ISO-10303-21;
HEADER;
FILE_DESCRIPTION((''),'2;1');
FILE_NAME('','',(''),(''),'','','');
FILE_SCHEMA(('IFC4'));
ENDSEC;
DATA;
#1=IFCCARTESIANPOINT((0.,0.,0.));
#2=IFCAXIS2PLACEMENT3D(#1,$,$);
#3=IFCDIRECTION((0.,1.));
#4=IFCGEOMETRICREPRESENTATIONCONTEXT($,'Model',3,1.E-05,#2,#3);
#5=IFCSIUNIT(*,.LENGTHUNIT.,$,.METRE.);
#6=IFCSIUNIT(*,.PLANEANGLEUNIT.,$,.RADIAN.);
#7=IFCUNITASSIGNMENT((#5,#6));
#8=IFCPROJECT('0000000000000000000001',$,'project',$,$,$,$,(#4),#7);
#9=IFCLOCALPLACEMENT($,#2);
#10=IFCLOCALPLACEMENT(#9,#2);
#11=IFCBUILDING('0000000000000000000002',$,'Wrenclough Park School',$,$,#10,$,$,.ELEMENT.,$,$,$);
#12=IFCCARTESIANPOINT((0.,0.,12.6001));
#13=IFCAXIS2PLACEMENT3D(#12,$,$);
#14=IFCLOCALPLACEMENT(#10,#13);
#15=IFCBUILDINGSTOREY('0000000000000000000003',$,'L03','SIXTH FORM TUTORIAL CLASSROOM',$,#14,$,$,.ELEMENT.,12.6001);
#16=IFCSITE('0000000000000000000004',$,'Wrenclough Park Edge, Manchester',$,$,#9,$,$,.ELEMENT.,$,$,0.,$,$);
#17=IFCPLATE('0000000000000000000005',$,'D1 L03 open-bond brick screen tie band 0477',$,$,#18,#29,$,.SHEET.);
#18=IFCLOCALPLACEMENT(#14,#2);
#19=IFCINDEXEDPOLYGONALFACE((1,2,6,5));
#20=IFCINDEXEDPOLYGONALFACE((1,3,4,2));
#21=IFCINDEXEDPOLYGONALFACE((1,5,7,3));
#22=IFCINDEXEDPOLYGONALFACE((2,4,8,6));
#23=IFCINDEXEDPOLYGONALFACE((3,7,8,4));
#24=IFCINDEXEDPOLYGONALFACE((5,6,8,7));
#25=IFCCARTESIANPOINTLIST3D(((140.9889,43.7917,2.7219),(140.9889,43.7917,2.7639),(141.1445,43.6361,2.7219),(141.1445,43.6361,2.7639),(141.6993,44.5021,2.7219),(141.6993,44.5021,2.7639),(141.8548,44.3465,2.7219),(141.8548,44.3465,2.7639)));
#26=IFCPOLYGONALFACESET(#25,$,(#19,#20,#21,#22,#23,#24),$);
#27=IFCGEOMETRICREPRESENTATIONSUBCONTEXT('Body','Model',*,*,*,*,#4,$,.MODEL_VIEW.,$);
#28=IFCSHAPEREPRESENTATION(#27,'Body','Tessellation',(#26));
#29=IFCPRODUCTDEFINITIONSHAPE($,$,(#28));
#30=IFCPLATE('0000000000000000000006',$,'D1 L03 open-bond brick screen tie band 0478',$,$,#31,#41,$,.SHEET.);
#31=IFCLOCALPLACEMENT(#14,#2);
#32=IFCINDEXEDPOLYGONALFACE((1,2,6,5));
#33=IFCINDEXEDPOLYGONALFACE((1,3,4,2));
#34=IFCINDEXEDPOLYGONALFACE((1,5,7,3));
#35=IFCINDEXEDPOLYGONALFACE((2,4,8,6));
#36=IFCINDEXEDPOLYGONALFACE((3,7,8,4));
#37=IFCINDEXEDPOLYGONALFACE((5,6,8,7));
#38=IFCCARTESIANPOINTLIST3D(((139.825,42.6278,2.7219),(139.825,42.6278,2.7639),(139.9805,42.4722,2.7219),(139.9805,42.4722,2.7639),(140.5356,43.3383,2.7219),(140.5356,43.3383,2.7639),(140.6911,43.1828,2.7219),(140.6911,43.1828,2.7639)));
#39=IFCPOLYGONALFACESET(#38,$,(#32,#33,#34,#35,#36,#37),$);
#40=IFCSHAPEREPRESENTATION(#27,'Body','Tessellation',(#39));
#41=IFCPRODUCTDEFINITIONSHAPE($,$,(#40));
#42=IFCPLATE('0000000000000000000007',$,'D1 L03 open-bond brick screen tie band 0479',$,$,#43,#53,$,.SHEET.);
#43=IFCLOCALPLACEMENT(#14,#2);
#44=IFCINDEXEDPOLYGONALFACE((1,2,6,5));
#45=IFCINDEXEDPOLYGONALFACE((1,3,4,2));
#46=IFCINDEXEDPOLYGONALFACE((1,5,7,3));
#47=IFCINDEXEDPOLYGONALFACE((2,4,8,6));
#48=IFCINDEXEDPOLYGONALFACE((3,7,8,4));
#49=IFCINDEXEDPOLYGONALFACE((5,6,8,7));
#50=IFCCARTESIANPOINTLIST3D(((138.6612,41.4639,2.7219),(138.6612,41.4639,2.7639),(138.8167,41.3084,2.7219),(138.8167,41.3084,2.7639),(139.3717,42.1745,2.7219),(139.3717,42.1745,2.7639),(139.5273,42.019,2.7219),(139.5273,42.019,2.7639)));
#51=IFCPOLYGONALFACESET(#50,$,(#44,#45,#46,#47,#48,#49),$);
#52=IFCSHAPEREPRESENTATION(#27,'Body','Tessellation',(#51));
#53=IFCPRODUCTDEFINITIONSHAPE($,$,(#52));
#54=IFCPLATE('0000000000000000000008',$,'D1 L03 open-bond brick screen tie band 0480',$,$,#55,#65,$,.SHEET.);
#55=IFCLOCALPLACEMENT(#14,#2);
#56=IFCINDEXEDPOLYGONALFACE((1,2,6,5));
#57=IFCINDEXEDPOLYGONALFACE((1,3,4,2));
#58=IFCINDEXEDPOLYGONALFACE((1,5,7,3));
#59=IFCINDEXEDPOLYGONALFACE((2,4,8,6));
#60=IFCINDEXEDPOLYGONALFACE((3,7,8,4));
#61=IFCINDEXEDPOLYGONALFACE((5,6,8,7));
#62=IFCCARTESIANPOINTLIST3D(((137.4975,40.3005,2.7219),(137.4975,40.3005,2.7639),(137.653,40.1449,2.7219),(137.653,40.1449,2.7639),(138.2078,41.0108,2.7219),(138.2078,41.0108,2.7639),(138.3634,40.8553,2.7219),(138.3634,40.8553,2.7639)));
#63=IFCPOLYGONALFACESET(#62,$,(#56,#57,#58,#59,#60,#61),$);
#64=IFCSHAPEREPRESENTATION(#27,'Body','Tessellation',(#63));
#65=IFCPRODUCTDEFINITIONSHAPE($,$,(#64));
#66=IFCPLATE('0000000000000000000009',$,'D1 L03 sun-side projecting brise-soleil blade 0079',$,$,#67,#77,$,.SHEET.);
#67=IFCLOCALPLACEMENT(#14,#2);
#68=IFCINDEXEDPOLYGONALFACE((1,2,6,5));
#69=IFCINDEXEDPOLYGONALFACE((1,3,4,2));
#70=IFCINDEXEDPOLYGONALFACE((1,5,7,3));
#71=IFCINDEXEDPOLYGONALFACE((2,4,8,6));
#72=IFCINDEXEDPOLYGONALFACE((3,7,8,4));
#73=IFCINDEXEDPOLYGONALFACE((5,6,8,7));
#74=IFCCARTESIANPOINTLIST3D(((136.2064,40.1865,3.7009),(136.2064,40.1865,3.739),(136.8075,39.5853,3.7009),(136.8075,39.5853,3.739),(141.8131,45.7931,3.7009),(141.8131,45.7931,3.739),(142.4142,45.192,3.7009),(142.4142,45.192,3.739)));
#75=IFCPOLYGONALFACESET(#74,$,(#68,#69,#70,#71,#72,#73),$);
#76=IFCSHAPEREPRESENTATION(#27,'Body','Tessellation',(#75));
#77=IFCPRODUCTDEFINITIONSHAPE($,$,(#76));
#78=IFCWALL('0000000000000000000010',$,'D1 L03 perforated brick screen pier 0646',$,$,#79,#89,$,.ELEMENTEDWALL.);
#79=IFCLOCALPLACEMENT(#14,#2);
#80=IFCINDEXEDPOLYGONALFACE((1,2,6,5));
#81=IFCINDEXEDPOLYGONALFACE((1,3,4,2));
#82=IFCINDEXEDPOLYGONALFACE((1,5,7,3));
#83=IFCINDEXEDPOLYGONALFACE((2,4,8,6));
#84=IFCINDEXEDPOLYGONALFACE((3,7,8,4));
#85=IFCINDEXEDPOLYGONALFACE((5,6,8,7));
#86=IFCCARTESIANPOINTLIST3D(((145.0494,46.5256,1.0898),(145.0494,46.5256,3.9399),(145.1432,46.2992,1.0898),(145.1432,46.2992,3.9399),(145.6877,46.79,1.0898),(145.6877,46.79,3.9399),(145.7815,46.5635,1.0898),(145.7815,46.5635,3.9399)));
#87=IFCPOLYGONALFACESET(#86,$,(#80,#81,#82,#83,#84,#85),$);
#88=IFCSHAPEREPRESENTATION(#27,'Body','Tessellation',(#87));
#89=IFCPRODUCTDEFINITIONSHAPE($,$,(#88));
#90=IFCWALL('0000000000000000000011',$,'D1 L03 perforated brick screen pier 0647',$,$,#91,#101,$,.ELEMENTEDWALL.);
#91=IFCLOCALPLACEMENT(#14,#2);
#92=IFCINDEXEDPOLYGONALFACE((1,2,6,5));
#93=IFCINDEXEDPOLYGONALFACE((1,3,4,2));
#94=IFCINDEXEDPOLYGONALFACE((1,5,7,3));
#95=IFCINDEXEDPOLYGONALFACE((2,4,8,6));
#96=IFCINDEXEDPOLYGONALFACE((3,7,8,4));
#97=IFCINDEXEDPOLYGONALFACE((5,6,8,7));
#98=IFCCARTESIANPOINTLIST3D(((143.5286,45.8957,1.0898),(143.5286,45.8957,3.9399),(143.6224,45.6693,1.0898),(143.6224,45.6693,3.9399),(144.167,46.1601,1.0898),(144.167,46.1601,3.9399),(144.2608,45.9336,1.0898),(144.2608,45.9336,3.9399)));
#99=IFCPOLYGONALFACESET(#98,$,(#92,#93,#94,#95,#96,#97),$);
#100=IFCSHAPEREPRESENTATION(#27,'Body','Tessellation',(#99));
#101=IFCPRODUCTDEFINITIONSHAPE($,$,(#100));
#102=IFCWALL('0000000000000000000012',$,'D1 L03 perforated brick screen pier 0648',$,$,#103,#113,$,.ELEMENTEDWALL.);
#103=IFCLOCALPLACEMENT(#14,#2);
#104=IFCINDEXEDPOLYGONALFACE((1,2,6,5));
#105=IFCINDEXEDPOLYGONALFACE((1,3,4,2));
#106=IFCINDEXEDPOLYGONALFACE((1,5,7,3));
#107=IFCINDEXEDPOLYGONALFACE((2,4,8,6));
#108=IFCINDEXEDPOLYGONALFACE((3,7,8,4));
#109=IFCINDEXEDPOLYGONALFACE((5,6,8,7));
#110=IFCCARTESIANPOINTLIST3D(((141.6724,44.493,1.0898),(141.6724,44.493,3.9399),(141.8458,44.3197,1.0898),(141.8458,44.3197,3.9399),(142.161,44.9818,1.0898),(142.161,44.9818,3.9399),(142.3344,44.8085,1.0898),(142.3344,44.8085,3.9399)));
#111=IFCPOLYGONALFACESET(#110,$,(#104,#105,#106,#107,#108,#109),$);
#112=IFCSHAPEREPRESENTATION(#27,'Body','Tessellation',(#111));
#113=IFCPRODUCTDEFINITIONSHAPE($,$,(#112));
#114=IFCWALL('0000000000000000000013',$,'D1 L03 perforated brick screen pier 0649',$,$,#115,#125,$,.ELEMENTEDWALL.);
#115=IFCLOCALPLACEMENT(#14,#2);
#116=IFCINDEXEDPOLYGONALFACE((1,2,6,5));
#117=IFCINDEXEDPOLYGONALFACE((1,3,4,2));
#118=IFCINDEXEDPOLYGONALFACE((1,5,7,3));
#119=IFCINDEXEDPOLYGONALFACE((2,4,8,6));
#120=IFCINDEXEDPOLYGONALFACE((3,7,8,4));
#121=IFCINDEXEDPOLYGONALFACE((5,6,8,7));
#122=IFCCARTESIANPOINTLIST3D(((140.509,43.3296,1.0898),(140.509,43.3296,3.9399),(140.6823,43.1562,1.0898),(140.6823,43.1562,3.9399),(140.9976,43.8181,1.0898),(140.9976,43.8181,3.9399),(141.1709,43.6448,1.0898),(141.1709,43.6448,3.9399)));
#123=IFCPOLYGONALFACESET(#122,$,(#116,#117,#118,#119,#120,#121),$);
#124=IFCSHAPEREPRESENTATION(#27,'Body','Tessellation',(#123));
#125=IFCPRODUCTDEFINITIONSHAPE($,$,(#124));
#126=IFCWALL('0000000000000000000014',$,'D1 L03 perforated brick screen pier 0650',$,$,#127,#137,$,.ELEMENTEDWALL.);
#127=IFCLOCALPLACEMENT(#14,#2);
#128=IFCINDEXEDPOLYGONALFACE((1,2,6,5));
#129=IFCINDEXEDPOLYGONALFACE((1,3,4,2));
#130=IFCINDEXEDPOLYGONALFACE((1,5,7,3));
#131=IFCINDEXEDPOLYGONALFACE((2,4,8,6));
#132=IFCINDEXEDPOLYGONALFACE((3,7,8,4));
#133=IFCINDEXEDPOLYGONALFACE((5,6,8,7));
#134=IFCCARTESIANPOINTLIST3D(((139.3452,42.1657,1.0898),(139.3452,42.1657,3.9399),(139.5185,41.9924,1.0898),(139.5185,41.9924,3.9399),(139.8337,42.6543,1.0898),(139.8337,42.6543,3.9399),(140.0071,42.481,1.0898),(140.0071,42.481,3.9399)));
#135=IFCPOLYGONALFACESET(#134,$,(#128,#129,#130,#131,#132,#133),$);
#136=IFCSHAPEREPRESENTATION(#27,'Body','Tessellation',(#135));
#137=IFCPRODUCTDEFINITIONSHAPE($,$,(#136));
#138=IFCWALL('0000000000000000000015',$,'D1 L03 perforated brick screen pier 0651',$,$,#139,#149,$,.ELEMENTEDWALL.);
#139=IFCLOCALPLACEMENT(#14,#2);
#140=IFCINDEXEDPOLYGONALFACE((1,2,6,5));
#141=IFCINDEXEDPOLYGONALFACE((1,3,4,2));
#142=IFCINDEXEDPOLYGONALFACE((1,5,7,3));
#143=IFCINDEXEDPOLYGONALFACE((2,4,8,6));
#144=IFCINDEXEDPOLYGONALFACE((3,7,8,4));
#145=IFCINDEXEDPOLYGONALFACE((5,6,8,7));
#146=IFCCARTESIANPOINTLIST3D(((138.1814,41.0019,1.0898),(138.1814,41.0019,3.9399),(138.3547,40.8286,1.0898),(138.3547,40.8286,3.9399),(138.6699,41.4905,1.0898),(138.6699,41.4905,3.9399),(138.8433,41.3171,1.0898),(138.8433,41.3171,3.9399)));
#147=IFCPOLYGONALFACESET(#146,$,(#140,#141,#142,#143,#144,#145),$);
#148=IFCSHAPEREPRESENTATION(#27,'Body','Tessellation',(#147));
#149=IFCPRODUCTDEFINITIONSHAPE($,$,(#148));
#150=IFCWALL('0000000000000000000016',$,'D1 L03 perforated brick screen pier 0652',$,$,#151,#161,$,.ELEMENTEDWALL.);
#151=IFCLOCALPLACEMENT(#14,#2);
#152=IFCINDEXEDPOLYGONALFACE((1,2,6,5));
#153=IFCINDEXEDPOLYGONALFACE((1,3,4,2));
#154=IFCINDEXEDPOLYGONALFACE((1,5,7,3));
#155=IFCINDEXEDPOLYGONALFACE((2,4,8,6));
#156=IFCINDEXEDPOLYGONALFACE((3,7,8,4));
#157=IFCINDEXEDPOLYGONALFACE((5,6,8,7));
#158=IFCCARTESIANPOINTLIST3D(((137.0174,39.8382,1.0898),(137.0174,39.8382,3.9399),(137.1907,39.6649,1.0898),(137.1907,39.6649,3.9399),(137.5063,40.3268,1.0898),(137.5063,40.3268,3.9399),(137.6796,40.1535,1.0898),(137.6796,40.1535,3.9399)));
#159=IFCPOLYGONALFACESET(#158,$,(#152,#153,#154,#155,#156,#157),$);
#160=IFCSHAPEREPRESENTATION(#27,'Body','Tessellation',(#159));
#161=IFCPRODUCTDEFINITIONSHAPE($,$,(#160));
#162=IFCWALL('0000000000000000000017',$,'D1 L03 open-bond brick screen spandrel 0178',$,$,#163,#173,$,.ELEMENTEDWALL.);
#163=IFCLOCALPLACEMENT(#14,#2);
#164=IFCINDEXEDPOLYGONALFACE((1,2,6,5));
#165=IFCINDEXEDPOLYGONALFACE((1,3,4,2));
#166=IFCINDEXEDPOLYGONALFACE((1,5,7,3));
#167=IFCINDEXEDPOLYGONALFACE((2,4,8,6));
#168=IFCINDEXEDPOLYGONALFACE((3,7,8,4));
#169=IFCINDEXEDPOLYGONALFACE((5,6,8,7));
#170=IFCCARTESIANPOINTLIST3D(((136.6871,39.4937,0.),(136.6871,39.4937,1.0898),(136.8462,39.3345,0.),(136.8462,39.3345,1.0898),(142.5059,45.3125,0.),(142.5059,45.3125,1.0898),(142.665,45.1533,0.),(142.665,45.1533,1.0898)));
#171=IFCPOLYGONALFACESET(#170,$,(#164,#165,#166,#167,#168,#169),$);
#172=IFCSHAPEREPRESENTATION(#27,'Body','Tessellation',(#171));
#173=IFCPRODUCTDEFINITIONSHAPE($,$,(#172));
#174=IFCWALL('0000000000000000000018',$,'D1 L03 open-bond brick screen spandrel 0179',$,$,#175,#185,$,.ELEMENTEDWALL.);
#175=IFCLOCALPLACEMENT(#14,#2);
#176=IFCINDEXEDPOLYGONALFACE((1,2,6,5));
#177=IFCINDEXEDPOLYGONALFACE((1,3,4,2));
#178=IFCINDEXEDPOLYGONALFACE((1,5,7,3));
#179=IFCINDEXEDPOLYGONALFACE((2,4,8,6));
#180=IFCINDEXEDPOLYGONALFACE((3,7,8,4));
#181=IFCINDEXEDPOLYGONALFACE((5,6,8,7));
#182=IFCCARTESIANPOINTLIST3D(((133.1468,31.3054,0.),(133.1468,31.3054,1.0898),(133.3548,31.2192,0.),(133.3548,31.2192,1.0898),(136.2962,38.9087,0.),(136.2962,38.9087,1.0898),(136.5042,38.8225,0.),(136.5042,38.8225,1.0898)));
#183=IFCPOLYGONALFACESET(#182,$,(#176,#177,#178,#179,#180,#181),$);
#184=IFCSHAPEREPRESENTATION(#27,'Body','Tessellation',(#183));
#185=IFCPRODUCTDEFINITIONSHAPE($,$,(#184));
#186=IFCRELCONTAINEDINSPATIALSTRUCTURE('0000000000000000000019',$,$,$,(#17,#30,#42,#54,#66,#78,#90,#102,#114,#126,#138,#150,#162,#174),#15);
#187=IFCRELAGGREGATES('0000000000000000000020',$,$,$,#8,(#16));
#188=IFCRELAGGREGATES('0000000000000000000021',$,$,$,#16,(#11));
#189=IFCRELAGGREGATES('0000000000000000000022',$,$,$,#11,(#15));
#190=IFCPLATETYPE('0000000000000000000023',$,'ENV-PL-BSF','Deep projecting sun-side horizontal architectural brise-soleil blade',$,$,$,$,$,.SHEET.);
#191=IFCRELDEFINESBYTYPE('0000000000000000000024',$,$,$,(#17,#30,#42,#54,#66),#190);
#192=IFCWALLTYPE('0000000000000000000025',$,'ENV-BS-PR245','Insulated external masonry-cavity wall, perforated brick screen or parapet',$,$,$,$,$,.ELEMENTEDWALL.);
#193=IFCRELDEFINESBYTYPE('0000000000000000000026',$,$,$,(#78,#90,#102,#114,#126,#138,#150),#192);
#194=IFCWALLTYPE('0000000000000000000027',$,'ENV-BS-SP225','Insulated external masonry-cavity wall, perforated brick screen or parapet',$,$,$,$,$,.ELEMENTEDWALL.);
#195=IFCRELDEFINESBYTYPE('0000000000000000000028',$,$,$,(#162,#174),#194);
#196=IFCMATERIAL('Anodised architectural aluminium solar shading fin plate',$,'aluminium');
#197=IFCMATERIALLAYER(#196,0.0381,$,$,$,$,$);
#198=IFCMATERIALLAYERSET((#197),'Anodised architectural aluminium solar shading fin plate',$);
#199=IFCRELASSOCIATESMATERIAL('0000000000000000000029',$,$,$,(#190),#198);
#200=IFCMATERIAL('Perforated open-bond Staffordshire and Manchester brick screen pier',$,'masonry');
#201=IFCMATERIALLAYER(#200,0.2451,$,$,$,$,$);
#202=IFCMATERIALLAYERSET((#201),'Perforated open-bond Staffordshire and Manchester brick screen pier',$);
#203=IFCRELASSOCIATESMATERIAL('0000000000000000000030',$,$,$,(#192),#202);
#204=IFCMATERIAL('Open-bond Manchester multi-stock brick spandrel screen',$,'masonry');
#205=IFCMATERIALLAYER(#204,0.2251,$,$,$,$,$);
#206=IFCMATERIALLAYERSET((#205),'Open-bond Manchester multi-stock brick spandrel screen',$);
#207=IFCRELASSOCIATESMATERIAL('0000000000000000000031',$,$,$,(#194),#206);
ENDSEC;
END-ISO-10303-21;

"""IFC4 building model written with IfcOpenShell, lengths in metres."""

from ifc_helpers import new_model, si_unit, direction, frame, frame_2d, origin, origin_2d, place, context, subcontext, project, spatial, rectangle, extrude, material, layer, layer_set, type_object, element, save


model = new_model("IFC4")

# Units and contexts
model_context = context("Model", 3, precision=1e-05, world=origin(), true_north=direction((0.0, 1.0)))
body_context = subcontext(model_context, "Body", "Model", "MODEL_VIEW")
ifc_project = project(units=[si_unit("LENGTHUNIT", "METRE"), si_unit("PLANEANGLEUNIT", "RADIAN")], contexts=[model_context])

# Site, building, storey
site_placement = place(None, origin())
site = spatial("IfcSite", under=ifc_project, at=site_placement, Name="Wrenclough Park Edge, Manchester", CompositionType="ELEMENT", RefElevation=0.0)
building_placement = place(site_placement, origin())
building = spatial("IfcBuilding", under=site, at=building_placement, Name="Wrenclough Park School", CompositionType="ELEMENT")
storey_placement = place(building_placement, frame((0.0, 0.0, 12.6001)))
storey = spatial("IfcBuildingStorey", under=building, at=storey_placement, Name="L03", Description="SIXTH FORM TUTORIAL CLASSROOM", CompositionType="ELEMENT", Elevation=12.6001)

# Plates
ifc_material_1 = material(Name="Anodised architectural aluminium solar shading fin plate", Category="aluminium")
ifc_layer_1 = layer(ifc_material_1, 0.0381)
ifc_layer_set_1 = layer_set([ifc_layer_1], Name="Anodised architectural aluminium solar shading fin plate")
plate_type = type_object("IfcPlateType", Name="ENV-PL-BSF", Description="Deep projecting sun-side horizontal architectural brise-soleil blade", PredefinedType="SHEET", material=ifc_layer_set_1)
plate_1_placement = place(storey_placement, frame((141.4219, 44.0691, 2.7219), z_axis=(0.0, 0.0, 1.0), x_axis=(-0.707107, -0.707107, 0.0)))
element("IfcPlate", 1, at=plate_1_placement, inside=storey, type_object=plate_type, Name="D1 L03 open-bond brick screen tie band 0477", PredefinedType="SHEET", context=body_context, shape_type="SweptSolid", body=[
    extrude(rectangle(XDim=1.0046, YDim=0.22, at=origin_2d()), origin(), (0.0, 0.0, 1.0), 0.042),
])
for number, where, z_axis, x_axis, name in (
    (2, (140.2581, 42.9053, 2.7219), (0.0, 0.0, 1.0), (-0.707107, -0.707107, 0.0), "D1 L03 open-bond brick screen tie band 0478"),
    (3, (139.0942, 41.7415, 2.7219), (0.0, 0.0, 1.0), (-0.707107, -0.707107, 0.0), "D1 L03 open-bond brick screen tie band 0479"),
):
    element("IfcPlate", number, at=place(storey_placement, frame(where, z_axis=z_axis, x_axis=x_axis)), inside=storey, type_object=plate_type, Name=name, PredefinedType="SHEET", context=body_context, shape_type="SweptSolid", body=[
        extrude(rectangle(XDim=1.0049, YDim=0.22, at=origin_2d()), origin(), (0.0, 0.0, 1.0), 0.042),
    ])
plate_2_placement = place(storey_placement, frame((137.9304, 40.5779, 2.7219), z_axis=(0.0, 0.0, 1.0), x_axis=(-0.707107, -0.707107, 0.0)))
element("IfcPlate", 4, at=plate_2_placement, inside=storey, type_object=plate_type, Name="D1 L03 open-bond brick screen tie band 0480", PredefinedType="SHEET", context=body_context, shape_type="SweptSolid", body=[
    extrude(rectangle(XDim=1.0046, YDim=0.22, at=origin_2d()), origin(), (0.0, 0.0, 1.0), 0.042),
])
plate_3_placement = place(storey_placement, frame((139.3103, 42.6892, 3.7009), z_axis=(0.0, 0.0, 1.0), x_axis=(-0.707107, -0.707107, 0.0)))
element("IfcPlate", 5, at=plate_3_placement, inside=storey, type_object=plate_type, Name="D1 L03 sun-side projecting brise-soleil blade 0079", PredefinedType="SHEET", context=body_context, shape_type="SweptSolid", body=[
    extrude(rectangle(XDim=7.929, YDim=0.8501, at=origin_2d()), origin(), (0.0, 0.0, 1.0), 0.0381),
])

# Walls
ifc_material_2 = material(Name="Perforated open-bond Staffordshire and Manchester brick screen pier", Category="masonry")
ifc_layer_2 = layer(ifc_material_2, 0.2451)
ifc_layer_set_2 = layer_set([ifc_layer_2], Name="Perforated open-bond Staffordshire and Manchester brick screen pier")
wall_type_1 = type_object("IfcWallType", Name="ENV-BS-PR245", Description="Insulated external masonry-cavity wall, perforated brick screen or parapet", PredefinedType="ELEMENTEDWALL", material=ifc_layer_set_2)
for number, where, z_axis, x_axis, name in (
    (6, (145.7346, 46.6768, 1.0898), (0.0, 0.0, 1.0), (-0.923901, -0.382633, 0.0), "D1 L03 perforated brick screen pier 0646"),
    (7, (144.2139, 46.0469, 1.0898), (0.0, 0.0, 1.0), (-0.923901, -0.382633, 0.0), "D1 L03 perforated brick screen pier 0647"),
):
    element("IfcWall", number, at=place(storey_placement, frame(where, z_axis=z_axis, x_axis=x_axis)), inside=storey, type_object=wall_type_1, Name=name, PredefinedType="ELEMENTEDWALL", context=body_context, shape_type="SweptSolid", body=[
        extrude(rectangle(XDim=0.6909, YDim=0.2451, at=frame_2d((0.3455, 0.0))), origin(), (0.0, 0.0, 1.0), 2.8501),
    ])
wall_1_placement = place(storey_placement, frame((142.2478, 44.8953, 1.0898), z_axis=(0.0, 0.0, 1.0), x_axis=(-0.70693, -0.707283, 0.0)))
element("IfcWall", 8, at=wall_1_placement, inside=storey, type_object=wall_type_1, Name="D1 L03 perforated brick screen pier 0648", PredefinedType="ELEMENTEDWALL", context=body_context, shape_type="SweptSolid", body=[
    extrude(rectangle(XDim=0.6912, YDim=0.2451, at=frame_2d((0.3457, 0.0))), origin(), (0.0, 0.0, 1.0), 2.8501),
])
for number, where, z_axis, x_axis, name in (
    (9, (141.0842, 43.7314, 1.0898), (0.0, 0.0, 1.0), (-0.707107, -0.707107, 0.0), "D1 L03 perforated brick screen pier 0649"),
    (10, (139.9204, 42.5676, 1.0898), (0.0, 0.0, 1.0), (-0.707107, -0.707107, 0.0), "D1 L03 perforated brick screen pier 0650"),
    (11, (138.7566, 41.4038, 1.0898), (0.0, 0.0, 1.0), (-0.707107, -0.707107, 0.0), "D1 L03 perforated brick screen pier 0651"),
):
    element("IfcWall", number, at=place(storey_placement, frame(where, z_axis=z_axis, x_axis=x_axis)), inside=storey, type_object=wall_type_1, Name=name, PredefinedType="ELEMENTEDWALL", context=body_context, shape_type="SweptSolid", body=[
        extrude(rectangle(XDim=0.6909, YDim=0.2451, at=frame_2d((0.3455, 0.0))), origin(), (0.0, 0.0, 1.0), 2.8501),
    ])
wall_2_placement = place(storey_placement, frame((137.593, 40.2402, 1.0898), z_axis=(0.0, 0.0, 1.0), x_axis=(-0.707283, -0.70693, 0.0)))
element("IfcWall", 12, at=wall_2_placement, inside=storey, type_object=wall_type_1, Name="D1 L03 perforated brick screen pier 0652", PredefinedType="ELEMENTEDWALL", context=body_context, shape_type="SweptSolid", body=[
    extrude(rectangle(XDim=0.6912, YDim=0.2451, at=frame_2d((0.3457, 0.0))), origin(), (0.0, 0.0, 1.0), 2.8501),
])
ifc_material_3 = material(Name="Open-bond Manchester multi-stock brick spandrel screen", Category="masonry")
ifc_layer_3 = layer(ifc_material_3, 0.2251)
ifc_layer_set_3 = layer_set([ifc_layer_3], Name="Open-bond Manchester multi-stock brick spandrel screen")
wall_type_2 = type_object("IfcWallType", Name="ENV-BS-SP225", Description="Insulated external masonry-cavity wall, perforated brick screen or parapet", PredefinedType="ELEMENTEDWALL", material=ifc_layer_set_3)
wall_3_placement = place(storey_placement, frame((142.5854, 45.2329, 0.0), z_axis=(0.0, 0.0, 1.0), x_axis=(-0.707107, -0.707107, 0.0)))
element("IfcWall", 13, at=wall_3_placement, inside=storey, type_object=wall_type_2, Name="D1 L03 open-bond brick screen spandrel 0178", PredefinedType="ELEMENTEDWALL", context=body_context, shape_type="SweptSolid", body=[
    extrude(rectangle(XDim=8.229, YDim=0.2251, at=frame_2d((4.1145, 0.0))), origin(), (0.0, 0.0, 1.0), 1.0898),
])
wall_4_placement = place(storey_placement, frame((136.4001, 38.8655, 0.0), z_axis=(0.0, 0.0, 1.0), x_axis=(-0.382687, -0.923878, 0.0)))
element("IfcWall", 14, at=wall_4_placement, inside=storey, type_object=wall_type_2, Name="D1 L03 open-bond brick screen spandrel 0179", PredefinedType="ELEMENTEDWALL", context=body_context, shape_type="SweptSolid", body=[
    extrude(rectangle(XDim=8.2297, YDim=0.2251, at=frame_2d((4.1147, 0.0))), origin(), (0.0, 0.0, 1.0), 1.0898),
])

save(model, "model.ifc")
